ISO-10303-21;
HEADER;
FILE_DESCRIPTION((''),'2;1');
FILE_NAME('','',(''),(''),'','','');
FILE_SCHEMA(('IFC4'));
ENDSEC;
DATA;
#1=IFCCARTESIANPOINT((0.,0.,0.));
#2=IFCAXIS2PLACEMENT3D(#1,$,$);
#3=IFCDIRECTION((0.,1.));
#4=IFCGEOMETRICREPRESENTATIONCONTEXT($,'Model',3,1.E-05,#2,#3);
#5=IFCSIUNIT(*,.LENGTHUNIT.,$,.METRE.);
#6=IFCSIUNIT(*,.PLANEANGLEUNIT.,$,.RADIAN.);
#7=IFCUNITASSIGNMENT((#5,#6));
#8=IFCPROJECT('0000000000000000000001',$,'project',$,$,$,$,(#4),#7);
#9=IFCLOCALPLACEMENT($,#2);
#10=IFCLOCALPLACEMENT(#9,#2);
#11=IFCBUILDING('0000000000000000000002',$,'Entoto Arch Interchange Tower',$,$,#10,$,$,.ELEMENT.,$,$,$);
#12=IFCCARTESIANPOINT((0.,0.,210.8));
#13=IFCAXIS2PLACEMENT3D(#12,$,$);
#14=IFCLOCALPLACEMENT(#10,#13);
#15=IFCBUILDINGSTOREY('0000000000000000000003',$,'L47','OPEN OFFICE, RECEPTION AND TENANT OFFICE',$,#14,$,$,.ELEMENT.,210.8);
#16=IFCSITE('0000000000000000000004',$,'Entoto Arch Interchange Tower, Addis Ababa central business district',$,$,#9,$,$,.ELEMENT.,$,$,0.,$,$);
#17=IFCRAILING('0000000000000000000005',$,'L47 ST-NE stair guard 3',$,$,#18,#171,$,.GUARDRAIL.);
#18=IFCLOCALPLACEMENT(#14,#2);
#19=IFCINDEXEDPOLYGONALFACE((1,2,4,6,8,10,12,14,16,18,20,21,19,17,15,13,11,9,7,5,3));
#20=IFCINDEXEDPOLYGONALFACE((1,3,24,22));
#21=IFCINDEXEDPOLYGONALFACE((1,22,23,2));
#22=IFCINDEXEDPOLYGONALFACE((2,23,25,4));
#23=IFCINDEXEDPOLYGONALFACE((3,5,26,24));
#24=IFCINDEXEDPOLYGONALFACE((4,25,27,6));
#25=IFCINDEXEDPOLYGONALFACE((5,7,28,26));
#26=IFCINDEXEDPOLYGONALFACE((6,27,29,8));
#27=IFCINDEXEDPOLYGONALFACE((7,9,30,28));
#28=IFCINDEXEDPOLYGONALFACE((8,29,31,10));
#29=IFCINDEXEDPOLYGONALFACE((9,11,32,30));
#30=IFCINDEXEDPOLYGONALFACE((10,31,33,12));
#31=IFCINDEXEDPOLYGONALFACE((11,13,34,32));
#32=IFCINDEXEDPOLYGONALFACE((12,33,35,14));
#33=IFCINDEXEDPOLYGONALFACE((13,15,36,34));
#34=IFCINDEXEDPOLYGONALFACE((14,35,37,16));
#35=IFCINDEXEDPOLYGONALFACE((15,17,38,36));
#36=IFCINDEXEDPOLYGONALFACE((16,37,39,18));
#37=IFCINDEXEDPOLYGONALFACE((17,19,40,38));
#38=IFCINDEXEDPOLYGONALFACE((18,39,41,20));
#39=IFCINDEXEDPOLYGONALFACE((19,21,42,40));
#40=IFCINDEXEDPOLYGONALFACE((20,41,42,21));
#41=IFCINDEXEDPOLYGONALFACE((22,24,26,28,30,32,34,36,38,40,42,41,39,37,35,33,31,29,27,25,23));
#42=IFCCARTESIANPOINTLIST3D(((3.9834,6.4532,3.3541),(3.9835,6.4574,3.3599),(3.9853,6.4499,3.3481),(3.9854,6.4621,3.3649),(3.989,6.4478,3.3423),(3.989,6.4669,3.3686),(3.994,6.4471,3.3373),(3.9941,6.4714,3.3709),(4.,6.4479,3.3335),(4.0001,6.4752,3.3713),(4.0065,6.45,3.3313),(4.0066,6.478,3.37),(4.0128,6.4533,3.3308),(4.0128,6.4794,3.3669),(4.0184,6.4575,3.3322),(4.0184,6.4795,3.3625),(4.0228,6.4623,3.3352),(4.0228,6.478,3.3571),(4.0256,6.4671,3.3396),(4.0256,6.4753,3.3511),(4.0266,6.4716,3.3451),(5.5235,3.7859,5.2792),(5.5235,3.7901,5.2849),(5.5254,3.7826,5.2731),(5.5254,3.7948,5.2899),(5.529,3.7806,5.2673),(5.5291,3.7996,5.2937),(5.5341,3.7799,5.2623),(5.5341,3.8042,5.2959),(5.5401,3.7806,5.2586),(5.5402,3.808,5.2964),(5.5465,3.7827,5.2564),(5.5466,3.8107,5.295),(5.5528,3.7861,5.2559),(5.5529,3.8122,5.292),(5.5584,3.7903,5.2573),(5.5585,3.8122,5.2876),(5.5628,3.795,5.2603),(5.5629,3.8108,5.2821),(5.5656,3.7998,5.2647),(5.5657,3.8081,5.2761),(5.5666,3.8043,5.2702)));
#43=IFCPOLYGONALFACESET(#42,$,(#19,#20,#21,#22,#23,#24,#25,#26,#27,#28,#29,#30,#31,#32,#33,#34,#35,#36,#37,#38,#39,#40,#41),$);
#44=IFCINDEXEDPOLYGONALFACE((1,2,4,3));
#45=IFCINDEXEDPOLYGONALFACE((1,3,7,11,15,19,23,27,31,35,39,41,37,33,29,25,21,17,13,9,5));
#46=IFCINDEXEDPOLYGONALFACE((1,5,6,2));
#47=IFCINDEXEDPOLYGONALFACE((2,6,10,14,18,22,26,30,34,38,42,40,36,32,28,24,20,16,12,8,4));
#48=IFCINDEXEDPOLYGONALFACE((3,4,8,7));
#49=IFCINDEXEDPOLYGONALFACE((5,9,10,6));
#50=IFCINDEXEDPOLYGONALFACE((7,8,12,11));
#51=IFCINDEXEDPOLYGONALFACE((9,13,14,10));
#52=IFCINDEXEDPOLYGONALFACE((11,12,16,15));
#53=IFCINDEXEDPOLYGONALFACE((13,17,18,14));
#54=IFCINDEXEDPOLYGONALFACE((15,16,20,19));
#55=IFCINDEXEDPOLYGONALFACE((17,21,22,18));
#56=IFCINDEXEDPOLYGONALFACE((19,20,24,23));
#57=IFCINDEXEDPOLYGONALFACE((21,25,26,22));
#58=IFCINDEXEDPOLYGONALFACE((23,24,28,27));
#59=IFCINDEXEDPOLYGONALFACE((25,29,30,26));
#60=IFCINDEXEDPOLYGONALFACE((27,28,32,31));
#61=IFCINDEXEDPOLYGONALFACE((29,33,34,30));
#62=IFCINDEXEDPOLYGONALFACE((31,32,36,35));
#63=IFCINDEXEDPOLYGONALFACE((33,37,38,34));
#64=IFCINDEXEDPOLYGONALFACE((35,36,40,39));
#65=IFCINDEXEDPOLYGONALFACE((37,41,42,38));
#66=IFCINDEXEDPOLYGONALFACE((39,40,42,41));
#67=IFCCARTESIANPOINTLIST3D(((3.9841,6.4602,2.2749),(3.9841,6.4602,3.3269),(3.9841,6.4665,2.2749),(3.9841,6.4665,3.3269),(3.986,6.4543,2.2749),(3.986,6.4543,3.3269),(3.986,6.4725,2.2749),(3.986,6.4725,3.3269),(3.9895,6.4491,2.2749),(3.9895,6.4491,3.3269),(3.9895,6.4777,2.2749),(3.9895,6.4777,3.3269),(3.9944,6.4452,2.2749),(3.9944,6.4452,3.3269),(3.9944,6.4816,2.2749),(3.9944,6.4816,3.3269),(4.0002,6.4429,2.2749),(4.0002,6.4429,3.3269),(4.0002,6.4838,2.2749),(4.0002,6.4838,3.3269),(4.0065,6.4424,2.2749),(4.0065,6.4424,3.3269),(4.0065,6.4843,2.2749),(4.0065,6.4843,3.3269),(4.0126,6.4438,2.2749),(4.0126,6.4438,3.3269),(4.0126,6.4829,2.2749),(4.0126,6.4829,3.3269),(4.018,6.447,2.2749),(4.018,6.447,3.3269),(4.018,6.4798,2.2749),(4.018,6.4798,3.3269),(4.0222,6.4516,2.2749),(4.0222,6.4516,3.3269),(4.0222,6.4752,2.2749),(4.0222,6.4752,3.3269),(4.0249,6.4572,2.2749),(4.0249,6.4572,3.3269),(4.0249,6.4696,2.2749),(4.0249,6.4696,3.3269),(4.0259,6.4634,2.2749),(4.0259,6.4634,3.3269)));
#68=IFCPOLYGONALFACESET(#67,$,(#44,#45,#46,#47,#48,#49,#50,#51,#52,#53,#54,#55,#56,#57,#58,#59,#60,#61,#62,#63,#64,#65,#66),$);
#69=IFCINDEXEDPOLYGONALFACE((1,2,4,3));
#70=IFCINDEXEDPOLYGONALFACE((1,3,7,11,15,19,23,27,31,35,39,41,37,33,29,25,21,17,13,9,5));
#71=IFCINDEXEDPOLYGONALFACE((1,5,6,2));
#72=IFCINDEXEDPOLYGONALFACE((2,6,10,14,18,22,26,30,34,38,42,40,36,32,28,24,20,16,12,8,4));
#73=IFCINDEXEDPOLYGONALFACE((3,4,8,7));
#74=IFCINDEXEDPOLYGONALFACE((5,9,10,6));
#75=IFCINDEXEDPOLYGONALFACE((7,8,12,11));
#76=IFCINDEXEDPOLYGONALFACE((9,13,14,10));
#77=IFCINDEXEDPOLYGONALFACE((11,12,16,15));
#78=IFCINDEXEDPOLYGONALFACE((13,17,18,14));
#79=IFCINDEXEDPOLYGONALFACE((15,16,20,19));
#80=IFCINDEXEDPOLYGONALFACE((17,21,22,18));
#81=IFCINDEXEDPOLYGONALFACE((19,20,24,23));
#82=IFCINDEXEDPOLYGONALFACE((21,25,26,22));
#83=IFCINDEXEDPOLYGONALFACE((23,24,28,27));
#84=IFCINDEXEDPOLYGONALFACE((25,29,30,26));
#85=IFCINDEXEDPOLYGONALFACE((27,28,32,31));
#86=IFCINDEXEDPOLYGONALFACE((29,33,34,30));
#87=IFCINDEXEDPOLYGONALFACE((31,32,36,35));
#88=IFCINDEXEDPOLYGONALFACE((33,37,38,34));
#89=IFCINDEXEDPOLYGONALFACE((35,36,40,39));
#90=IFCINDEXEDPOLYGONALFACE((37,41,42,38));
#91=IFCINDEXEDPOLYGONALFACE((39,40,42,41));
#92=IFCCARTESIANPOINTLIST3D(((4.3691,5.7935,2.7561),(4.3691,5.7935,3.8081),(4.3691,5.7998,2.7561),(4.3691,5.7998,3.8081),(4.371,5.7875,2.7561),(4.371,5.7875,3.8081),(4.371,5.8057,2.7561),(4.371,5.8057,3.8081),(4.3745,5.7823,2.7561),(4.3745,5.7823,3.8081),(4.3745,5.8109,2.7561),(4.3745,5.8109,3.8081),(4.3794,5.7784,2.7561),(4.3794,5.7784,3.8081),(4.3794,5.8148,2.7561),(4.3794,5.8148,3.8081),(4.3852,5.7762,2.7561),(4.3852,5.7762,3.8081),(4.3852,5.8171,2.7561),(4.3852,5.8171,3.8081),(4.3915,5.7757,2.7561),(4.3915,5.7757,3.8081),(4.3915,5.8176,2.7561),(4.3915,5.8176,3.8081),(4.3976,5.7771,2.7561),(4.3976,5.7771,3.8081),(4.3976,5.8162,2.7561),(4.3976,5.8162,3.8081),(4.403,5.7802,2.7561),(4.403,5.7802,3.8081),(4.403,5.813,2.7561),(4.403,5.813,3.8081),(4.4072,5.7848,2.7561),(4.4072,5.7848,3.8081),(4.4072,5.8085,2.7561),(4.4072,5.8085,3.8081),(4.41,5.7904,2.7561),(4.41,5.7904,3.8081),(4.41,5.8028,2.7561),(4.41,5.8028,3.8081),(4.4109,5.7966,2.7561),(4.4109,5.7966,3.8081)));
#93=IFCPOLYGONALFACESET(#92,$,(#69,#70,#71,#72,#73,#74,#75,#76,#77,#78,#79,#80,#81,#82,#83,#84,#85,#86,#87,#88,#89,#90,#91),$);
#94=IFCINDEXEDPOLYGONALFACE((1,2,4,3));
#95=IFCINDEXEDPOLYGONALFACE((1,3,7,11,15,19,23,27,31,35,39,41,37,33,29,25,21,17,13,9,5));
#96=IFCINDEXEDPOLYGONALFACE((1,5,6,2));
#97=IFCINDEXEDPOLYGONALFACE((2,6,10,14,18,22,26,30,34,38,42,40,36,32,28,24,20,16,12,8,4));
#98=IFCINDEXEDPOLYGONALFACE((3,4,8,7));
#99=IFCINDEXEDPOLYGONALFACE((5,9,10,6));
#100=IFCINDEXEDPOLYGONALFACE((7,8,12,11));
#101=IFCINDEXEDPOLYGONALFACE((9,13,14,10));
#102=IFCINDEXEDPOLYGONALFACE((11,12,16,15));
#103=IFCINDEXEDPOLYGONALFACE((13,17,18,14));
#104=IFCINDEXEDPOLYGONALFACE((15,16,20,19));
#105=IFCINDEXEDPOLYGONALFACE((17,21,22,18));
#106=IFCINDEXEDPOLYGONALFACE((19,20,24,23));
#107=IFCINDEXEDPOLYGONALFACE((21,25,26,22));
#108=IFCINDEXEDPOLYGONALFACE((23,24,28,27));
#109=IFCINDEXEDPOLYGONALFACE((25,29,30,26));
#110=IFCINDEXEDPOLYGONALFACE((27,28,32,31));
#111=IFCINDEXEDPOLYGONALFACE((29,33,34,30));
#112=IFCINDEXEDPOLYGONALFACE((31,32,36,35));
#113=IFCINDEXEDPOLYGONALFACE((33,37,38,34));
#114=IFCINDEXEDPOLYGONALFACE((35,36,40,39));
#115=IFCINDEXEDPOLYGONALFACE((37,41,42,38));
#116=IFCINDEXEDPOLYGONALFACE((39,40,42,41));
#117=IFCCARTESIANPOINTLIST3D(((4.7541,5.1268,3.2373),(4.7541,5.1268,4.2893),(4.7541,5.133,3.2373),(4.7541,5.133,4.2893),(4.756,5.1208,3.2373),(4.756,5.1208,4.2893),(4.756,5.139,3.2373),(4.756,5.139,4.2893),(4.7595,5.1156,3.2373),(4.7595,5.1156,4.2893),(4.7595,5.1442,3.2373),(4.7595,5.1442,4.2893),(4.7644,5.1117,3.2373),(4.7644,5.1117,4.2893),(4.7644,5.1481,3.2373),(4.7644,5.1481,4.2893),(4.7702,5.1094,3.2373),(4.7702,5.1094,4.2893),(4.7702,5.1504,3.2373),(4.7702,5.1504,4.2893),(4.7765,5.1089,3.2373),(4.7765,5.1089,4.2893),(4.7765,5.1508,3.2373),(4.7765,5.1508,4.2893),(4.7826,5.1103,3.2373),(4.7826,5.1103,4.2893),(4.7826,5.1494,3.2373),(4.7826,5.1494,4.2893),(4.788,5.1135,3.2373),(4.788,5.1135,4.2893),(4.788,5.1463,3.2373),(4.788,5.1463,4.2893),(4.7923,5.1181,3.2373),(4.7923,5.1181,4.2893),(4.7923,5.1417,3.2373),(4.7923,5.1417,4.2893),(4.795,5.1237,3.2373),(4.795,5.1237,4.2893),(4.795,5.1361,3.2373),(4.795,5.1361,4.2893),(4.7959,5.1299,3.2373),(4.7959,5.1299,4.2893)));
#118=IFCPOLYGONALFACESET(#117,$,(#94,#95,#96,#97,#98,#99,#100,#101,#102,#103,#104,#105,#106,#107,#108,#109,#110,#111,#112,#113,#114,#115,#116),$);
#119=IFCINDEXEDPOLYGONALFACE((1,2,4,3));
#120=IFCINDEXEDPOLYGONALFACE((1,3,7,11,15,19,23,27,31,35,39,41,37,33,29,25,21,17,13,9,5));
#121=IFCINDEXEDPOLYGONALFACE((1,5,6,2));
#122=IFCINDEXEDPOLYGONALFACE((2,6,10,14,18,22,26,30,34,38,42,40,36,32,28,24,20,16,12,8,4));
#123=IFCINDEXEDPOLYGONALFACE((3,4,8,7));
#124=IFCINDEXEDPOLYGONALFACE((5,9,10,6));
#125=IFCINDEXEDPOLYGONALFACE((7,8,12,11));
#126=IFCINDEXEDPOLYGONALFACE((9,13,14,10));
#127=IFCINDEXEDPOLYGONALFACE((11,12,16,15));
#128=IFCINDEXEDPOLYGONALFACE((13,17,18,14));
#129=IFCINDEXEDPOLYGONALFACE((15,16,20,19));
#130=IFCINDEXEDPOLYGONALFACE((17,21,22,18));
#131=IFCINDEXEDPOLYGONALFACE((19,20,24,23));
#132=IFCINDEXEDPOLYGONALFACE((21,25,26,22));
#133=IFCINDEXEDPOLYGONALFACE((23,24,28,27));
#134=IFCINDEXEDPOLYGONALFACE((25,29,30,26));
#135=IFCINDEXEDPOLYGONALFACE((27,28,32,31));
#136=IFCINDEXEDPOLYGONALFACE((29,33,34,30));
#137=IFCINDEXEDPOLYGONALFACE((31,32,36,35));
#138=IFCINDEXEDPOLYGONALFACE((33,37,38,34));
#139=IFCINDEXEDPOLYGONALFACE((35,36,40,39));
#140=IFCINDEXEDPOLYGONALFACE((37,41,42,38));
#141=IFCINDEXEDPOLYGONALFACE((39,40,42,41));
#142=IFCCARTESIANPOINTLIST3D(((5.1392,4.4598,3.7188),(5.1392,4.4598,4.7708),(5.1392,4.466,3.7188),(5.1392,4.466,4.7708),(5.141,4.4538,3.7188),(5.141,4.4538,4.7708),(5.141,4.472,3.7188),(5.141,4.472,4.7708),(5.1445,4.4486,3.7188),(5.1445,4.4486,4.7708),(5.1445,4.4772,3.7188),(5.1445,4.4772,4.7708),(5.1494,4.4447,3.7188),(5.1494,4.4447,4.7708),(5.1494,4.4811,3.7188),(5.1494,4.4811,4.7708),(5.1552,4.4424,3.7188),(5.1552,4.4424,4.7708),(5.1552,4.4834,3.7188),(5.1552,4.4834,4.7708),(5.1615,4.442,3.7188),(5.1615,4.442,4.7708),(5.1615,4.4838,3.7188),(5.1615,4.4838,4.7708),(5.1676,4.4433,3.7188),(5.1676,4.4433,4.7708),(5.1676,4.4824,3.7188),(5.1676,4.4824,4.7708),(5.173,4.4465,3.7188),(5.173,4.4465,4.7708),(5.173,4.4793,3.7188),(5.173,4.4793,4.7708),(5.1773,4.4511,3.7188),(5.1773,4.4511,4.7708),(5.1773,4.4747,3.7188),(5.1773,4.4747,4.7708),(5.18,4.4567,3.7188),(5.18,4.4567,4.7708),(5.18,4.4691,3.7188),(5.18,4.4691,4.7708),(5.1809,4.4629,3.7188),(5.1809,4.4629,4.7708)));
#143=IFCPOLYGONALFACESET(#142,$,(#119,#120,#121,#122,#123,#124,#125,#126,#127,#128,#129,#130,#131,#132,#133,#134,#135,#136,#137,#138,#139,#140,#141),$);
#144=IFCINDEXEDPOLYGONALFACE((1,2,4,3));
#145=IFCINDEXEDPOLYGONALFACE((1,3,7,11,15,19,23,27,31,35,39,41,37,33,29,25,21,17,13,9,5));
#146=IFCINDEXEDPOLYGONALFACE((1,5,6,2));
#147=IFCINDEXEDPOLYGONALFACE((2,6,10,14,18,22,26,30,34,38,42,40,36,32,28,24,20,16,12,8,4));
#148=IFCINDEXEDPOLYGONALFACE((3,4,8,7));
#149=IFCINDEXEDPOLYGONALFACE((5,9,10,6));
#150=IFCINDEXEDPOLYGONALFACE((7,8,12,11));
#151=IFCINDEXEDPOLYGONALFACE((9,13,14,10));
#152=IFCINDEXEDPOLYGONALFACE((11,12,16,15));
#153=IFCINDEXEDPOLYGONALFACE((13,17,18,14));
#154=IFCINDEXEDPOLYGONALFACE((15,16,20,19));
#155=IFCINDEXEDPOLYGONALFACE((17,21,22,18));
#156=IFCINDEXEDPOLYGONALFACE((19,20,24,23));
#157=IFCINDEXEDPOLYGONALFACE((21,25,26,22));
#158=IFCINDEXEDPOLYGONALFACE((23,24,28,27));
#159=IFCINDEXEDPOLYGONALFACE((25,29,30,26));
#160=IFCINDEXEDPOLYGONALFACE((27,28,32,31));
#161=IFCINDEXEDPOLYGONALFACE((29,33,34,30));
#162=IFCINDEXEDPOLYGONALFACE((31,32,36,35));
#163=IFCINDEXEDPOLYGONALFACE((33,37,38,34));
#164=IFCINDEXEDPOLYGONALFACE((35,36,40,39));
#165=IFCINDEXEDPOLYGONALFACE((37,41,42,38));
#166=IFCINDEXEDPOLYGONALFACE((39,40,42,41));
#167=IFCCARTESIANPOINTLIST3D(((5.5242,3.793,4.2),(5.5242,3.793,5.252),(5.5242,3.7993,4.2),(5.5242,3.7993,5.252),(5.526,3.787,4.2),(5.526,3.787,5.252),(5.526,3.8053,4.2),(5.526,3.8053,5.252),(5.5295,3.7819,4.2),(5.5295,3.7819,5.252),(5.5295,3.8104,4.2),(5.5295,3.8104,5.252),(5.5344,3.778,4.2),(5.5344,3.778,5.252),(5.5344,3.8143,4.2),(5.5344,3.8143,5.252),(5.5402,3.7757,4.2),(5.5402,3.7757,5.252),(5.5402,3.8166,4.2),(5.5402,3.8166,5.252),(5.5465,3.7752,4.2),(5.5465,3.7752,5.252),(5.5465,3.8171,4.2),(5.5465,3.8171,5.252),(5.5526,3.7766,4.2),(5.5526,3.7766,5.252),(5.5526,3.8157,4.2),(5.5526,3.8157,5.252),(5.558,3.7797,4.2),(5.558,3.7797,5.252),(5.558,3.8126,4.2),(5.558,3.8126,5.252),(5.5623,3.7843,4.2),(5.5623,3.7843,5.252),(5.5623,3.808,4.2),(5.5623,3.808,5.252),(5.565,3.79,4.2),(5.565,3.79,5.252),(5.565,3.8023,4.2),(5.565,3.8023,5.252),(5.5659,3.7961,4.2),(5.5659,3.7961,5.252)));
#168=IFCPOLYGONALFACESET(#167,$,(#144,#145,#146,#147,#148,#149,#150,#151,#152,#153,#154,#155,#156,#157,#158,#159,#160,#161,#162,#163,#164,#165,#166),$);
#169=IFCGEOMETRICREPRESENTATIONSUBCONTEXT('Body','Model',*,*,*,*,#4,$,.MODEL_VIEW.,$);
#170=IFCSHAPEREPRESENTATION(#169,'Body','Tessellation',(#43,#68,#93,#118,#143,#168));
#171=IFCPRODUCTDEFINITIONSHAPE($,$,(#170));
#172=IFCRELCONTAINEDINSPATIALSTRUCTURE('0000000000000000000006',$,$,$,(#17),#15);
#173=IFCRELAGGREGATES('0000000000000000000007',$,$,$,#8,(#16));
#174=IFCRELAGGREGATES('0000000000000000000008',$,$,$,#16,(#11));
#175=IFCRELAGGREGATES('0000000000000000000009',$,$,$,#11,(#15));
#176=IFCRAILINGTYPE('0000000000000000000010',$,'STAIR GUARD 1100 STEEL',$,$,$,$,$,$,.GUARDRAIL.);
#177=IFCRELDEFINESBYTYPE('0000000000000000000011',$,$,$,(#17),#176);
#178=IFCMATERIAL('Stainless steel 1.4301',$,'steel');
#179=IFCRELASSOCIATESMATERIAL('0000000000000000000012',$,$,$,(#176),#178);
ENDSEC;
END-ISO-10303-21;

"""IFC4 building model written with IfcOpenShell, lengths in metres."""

from ifc_helpers import new_model, si_unit, direction, frame, origin, origin_2d, place, context, subcontext, project, spatial, circle, extrude, material, type_object, element, save


model = new_model("IFC4")

# Units and contexts
model_context = context("Model", 3, precision=1e-05, world=origin(), true_north=direction((0.0, 1.0)))
body_context = subcontext(model_context, "Body", "Model", "MODEL_VIEW")
ifc_project = project(units=[si_unit("LENGTHUNIT", "METRE"), si_unit("PLANEANGLEUNIT", "RADIAN")], contexts=[model_context])

# Site, building, storey
site_placement = place(None, origin())
site = spatial("IfcSite", under=ifc_project, at=site_placement, Name="Entoto Arch Interchange Tower, Addis Ababa central business district", CompositionType="ELEMENT", RefElevation=0.0)
building_placement = place(site_placement, origin())
building = spatial("IfcBuilding", under=site, at=building_placement, Name="Entoto Arch Interchange Tower", CompositionType="ELEMENT")
storey_placement = place(building_placement, frame((0.0, 0.0, 210.8)))
storey = spatial("IfcBuildingStorey", under=building, at=storey_placement, Name="L47", Description="OPEN OFFICE, RECEPTION AND TENANT OFFICE", CompositionType="ELEMENT", Elevation=210.8)

# Railing
ifc_material_1 = material(Name="Stainless steel 1.4301", Category="steel")
railing_type_1 = type_object("IfcRailingType", Name="STAIR GUARD 1100 STEEL", PredefinedType="GUARDRAIL", material=ifc_material_1)
railing_1_placement = place(storey_placement, frame((4.0049, 6.4634, 2.2749)))
element("IfcRailing", 1, at=railing_1_placement, inside=storey, type_object=railing_type_1, Name="L47 ST-NE stair guard 3", PredefinedType="GUARDRAIL", context=body_context, shape_type="SweptSolid", body=[
    extrude(circle(Radius=0.0239, at=origin_2d()), frame((0.0, 0.0, 1.0762), z_axis=(0.424015, -0.734364, 0.530019), x_axis=(0.86601, 0.500027, 0.0)), (0.0, 0.0, 1.0), 3.6321),
    extrude(circle(Radius=0.021, at=origin_2d()), origin(), (0.0, 0.0, 1.0), 1.052),
    extrude(circle(Radius=0.021, at=origin_2d()), frame((0.385, -0.6667, 0.4812)), (0.0, 0.0, 1.0), 1.052),
    extrude(circle(Radius=0.021, at=origin_2d()), frame((0.77, -1.3335, 0.9624)), (0.0, 0.0, 1.0), 1.052),
    extrude(circle(Radius=0.021, at=origin_2d()), frame((1.155, -2.0005, 1.4438)), (0.0, 0.0, 1.0), 1.052),
    extrude(circle(Radius=0.021, at=origin_2d()), frame((1.54, -2.6672, 1.925)), (0.0, 0.0, 1.0), 1.052),
])

save(model, "model.ifc")
